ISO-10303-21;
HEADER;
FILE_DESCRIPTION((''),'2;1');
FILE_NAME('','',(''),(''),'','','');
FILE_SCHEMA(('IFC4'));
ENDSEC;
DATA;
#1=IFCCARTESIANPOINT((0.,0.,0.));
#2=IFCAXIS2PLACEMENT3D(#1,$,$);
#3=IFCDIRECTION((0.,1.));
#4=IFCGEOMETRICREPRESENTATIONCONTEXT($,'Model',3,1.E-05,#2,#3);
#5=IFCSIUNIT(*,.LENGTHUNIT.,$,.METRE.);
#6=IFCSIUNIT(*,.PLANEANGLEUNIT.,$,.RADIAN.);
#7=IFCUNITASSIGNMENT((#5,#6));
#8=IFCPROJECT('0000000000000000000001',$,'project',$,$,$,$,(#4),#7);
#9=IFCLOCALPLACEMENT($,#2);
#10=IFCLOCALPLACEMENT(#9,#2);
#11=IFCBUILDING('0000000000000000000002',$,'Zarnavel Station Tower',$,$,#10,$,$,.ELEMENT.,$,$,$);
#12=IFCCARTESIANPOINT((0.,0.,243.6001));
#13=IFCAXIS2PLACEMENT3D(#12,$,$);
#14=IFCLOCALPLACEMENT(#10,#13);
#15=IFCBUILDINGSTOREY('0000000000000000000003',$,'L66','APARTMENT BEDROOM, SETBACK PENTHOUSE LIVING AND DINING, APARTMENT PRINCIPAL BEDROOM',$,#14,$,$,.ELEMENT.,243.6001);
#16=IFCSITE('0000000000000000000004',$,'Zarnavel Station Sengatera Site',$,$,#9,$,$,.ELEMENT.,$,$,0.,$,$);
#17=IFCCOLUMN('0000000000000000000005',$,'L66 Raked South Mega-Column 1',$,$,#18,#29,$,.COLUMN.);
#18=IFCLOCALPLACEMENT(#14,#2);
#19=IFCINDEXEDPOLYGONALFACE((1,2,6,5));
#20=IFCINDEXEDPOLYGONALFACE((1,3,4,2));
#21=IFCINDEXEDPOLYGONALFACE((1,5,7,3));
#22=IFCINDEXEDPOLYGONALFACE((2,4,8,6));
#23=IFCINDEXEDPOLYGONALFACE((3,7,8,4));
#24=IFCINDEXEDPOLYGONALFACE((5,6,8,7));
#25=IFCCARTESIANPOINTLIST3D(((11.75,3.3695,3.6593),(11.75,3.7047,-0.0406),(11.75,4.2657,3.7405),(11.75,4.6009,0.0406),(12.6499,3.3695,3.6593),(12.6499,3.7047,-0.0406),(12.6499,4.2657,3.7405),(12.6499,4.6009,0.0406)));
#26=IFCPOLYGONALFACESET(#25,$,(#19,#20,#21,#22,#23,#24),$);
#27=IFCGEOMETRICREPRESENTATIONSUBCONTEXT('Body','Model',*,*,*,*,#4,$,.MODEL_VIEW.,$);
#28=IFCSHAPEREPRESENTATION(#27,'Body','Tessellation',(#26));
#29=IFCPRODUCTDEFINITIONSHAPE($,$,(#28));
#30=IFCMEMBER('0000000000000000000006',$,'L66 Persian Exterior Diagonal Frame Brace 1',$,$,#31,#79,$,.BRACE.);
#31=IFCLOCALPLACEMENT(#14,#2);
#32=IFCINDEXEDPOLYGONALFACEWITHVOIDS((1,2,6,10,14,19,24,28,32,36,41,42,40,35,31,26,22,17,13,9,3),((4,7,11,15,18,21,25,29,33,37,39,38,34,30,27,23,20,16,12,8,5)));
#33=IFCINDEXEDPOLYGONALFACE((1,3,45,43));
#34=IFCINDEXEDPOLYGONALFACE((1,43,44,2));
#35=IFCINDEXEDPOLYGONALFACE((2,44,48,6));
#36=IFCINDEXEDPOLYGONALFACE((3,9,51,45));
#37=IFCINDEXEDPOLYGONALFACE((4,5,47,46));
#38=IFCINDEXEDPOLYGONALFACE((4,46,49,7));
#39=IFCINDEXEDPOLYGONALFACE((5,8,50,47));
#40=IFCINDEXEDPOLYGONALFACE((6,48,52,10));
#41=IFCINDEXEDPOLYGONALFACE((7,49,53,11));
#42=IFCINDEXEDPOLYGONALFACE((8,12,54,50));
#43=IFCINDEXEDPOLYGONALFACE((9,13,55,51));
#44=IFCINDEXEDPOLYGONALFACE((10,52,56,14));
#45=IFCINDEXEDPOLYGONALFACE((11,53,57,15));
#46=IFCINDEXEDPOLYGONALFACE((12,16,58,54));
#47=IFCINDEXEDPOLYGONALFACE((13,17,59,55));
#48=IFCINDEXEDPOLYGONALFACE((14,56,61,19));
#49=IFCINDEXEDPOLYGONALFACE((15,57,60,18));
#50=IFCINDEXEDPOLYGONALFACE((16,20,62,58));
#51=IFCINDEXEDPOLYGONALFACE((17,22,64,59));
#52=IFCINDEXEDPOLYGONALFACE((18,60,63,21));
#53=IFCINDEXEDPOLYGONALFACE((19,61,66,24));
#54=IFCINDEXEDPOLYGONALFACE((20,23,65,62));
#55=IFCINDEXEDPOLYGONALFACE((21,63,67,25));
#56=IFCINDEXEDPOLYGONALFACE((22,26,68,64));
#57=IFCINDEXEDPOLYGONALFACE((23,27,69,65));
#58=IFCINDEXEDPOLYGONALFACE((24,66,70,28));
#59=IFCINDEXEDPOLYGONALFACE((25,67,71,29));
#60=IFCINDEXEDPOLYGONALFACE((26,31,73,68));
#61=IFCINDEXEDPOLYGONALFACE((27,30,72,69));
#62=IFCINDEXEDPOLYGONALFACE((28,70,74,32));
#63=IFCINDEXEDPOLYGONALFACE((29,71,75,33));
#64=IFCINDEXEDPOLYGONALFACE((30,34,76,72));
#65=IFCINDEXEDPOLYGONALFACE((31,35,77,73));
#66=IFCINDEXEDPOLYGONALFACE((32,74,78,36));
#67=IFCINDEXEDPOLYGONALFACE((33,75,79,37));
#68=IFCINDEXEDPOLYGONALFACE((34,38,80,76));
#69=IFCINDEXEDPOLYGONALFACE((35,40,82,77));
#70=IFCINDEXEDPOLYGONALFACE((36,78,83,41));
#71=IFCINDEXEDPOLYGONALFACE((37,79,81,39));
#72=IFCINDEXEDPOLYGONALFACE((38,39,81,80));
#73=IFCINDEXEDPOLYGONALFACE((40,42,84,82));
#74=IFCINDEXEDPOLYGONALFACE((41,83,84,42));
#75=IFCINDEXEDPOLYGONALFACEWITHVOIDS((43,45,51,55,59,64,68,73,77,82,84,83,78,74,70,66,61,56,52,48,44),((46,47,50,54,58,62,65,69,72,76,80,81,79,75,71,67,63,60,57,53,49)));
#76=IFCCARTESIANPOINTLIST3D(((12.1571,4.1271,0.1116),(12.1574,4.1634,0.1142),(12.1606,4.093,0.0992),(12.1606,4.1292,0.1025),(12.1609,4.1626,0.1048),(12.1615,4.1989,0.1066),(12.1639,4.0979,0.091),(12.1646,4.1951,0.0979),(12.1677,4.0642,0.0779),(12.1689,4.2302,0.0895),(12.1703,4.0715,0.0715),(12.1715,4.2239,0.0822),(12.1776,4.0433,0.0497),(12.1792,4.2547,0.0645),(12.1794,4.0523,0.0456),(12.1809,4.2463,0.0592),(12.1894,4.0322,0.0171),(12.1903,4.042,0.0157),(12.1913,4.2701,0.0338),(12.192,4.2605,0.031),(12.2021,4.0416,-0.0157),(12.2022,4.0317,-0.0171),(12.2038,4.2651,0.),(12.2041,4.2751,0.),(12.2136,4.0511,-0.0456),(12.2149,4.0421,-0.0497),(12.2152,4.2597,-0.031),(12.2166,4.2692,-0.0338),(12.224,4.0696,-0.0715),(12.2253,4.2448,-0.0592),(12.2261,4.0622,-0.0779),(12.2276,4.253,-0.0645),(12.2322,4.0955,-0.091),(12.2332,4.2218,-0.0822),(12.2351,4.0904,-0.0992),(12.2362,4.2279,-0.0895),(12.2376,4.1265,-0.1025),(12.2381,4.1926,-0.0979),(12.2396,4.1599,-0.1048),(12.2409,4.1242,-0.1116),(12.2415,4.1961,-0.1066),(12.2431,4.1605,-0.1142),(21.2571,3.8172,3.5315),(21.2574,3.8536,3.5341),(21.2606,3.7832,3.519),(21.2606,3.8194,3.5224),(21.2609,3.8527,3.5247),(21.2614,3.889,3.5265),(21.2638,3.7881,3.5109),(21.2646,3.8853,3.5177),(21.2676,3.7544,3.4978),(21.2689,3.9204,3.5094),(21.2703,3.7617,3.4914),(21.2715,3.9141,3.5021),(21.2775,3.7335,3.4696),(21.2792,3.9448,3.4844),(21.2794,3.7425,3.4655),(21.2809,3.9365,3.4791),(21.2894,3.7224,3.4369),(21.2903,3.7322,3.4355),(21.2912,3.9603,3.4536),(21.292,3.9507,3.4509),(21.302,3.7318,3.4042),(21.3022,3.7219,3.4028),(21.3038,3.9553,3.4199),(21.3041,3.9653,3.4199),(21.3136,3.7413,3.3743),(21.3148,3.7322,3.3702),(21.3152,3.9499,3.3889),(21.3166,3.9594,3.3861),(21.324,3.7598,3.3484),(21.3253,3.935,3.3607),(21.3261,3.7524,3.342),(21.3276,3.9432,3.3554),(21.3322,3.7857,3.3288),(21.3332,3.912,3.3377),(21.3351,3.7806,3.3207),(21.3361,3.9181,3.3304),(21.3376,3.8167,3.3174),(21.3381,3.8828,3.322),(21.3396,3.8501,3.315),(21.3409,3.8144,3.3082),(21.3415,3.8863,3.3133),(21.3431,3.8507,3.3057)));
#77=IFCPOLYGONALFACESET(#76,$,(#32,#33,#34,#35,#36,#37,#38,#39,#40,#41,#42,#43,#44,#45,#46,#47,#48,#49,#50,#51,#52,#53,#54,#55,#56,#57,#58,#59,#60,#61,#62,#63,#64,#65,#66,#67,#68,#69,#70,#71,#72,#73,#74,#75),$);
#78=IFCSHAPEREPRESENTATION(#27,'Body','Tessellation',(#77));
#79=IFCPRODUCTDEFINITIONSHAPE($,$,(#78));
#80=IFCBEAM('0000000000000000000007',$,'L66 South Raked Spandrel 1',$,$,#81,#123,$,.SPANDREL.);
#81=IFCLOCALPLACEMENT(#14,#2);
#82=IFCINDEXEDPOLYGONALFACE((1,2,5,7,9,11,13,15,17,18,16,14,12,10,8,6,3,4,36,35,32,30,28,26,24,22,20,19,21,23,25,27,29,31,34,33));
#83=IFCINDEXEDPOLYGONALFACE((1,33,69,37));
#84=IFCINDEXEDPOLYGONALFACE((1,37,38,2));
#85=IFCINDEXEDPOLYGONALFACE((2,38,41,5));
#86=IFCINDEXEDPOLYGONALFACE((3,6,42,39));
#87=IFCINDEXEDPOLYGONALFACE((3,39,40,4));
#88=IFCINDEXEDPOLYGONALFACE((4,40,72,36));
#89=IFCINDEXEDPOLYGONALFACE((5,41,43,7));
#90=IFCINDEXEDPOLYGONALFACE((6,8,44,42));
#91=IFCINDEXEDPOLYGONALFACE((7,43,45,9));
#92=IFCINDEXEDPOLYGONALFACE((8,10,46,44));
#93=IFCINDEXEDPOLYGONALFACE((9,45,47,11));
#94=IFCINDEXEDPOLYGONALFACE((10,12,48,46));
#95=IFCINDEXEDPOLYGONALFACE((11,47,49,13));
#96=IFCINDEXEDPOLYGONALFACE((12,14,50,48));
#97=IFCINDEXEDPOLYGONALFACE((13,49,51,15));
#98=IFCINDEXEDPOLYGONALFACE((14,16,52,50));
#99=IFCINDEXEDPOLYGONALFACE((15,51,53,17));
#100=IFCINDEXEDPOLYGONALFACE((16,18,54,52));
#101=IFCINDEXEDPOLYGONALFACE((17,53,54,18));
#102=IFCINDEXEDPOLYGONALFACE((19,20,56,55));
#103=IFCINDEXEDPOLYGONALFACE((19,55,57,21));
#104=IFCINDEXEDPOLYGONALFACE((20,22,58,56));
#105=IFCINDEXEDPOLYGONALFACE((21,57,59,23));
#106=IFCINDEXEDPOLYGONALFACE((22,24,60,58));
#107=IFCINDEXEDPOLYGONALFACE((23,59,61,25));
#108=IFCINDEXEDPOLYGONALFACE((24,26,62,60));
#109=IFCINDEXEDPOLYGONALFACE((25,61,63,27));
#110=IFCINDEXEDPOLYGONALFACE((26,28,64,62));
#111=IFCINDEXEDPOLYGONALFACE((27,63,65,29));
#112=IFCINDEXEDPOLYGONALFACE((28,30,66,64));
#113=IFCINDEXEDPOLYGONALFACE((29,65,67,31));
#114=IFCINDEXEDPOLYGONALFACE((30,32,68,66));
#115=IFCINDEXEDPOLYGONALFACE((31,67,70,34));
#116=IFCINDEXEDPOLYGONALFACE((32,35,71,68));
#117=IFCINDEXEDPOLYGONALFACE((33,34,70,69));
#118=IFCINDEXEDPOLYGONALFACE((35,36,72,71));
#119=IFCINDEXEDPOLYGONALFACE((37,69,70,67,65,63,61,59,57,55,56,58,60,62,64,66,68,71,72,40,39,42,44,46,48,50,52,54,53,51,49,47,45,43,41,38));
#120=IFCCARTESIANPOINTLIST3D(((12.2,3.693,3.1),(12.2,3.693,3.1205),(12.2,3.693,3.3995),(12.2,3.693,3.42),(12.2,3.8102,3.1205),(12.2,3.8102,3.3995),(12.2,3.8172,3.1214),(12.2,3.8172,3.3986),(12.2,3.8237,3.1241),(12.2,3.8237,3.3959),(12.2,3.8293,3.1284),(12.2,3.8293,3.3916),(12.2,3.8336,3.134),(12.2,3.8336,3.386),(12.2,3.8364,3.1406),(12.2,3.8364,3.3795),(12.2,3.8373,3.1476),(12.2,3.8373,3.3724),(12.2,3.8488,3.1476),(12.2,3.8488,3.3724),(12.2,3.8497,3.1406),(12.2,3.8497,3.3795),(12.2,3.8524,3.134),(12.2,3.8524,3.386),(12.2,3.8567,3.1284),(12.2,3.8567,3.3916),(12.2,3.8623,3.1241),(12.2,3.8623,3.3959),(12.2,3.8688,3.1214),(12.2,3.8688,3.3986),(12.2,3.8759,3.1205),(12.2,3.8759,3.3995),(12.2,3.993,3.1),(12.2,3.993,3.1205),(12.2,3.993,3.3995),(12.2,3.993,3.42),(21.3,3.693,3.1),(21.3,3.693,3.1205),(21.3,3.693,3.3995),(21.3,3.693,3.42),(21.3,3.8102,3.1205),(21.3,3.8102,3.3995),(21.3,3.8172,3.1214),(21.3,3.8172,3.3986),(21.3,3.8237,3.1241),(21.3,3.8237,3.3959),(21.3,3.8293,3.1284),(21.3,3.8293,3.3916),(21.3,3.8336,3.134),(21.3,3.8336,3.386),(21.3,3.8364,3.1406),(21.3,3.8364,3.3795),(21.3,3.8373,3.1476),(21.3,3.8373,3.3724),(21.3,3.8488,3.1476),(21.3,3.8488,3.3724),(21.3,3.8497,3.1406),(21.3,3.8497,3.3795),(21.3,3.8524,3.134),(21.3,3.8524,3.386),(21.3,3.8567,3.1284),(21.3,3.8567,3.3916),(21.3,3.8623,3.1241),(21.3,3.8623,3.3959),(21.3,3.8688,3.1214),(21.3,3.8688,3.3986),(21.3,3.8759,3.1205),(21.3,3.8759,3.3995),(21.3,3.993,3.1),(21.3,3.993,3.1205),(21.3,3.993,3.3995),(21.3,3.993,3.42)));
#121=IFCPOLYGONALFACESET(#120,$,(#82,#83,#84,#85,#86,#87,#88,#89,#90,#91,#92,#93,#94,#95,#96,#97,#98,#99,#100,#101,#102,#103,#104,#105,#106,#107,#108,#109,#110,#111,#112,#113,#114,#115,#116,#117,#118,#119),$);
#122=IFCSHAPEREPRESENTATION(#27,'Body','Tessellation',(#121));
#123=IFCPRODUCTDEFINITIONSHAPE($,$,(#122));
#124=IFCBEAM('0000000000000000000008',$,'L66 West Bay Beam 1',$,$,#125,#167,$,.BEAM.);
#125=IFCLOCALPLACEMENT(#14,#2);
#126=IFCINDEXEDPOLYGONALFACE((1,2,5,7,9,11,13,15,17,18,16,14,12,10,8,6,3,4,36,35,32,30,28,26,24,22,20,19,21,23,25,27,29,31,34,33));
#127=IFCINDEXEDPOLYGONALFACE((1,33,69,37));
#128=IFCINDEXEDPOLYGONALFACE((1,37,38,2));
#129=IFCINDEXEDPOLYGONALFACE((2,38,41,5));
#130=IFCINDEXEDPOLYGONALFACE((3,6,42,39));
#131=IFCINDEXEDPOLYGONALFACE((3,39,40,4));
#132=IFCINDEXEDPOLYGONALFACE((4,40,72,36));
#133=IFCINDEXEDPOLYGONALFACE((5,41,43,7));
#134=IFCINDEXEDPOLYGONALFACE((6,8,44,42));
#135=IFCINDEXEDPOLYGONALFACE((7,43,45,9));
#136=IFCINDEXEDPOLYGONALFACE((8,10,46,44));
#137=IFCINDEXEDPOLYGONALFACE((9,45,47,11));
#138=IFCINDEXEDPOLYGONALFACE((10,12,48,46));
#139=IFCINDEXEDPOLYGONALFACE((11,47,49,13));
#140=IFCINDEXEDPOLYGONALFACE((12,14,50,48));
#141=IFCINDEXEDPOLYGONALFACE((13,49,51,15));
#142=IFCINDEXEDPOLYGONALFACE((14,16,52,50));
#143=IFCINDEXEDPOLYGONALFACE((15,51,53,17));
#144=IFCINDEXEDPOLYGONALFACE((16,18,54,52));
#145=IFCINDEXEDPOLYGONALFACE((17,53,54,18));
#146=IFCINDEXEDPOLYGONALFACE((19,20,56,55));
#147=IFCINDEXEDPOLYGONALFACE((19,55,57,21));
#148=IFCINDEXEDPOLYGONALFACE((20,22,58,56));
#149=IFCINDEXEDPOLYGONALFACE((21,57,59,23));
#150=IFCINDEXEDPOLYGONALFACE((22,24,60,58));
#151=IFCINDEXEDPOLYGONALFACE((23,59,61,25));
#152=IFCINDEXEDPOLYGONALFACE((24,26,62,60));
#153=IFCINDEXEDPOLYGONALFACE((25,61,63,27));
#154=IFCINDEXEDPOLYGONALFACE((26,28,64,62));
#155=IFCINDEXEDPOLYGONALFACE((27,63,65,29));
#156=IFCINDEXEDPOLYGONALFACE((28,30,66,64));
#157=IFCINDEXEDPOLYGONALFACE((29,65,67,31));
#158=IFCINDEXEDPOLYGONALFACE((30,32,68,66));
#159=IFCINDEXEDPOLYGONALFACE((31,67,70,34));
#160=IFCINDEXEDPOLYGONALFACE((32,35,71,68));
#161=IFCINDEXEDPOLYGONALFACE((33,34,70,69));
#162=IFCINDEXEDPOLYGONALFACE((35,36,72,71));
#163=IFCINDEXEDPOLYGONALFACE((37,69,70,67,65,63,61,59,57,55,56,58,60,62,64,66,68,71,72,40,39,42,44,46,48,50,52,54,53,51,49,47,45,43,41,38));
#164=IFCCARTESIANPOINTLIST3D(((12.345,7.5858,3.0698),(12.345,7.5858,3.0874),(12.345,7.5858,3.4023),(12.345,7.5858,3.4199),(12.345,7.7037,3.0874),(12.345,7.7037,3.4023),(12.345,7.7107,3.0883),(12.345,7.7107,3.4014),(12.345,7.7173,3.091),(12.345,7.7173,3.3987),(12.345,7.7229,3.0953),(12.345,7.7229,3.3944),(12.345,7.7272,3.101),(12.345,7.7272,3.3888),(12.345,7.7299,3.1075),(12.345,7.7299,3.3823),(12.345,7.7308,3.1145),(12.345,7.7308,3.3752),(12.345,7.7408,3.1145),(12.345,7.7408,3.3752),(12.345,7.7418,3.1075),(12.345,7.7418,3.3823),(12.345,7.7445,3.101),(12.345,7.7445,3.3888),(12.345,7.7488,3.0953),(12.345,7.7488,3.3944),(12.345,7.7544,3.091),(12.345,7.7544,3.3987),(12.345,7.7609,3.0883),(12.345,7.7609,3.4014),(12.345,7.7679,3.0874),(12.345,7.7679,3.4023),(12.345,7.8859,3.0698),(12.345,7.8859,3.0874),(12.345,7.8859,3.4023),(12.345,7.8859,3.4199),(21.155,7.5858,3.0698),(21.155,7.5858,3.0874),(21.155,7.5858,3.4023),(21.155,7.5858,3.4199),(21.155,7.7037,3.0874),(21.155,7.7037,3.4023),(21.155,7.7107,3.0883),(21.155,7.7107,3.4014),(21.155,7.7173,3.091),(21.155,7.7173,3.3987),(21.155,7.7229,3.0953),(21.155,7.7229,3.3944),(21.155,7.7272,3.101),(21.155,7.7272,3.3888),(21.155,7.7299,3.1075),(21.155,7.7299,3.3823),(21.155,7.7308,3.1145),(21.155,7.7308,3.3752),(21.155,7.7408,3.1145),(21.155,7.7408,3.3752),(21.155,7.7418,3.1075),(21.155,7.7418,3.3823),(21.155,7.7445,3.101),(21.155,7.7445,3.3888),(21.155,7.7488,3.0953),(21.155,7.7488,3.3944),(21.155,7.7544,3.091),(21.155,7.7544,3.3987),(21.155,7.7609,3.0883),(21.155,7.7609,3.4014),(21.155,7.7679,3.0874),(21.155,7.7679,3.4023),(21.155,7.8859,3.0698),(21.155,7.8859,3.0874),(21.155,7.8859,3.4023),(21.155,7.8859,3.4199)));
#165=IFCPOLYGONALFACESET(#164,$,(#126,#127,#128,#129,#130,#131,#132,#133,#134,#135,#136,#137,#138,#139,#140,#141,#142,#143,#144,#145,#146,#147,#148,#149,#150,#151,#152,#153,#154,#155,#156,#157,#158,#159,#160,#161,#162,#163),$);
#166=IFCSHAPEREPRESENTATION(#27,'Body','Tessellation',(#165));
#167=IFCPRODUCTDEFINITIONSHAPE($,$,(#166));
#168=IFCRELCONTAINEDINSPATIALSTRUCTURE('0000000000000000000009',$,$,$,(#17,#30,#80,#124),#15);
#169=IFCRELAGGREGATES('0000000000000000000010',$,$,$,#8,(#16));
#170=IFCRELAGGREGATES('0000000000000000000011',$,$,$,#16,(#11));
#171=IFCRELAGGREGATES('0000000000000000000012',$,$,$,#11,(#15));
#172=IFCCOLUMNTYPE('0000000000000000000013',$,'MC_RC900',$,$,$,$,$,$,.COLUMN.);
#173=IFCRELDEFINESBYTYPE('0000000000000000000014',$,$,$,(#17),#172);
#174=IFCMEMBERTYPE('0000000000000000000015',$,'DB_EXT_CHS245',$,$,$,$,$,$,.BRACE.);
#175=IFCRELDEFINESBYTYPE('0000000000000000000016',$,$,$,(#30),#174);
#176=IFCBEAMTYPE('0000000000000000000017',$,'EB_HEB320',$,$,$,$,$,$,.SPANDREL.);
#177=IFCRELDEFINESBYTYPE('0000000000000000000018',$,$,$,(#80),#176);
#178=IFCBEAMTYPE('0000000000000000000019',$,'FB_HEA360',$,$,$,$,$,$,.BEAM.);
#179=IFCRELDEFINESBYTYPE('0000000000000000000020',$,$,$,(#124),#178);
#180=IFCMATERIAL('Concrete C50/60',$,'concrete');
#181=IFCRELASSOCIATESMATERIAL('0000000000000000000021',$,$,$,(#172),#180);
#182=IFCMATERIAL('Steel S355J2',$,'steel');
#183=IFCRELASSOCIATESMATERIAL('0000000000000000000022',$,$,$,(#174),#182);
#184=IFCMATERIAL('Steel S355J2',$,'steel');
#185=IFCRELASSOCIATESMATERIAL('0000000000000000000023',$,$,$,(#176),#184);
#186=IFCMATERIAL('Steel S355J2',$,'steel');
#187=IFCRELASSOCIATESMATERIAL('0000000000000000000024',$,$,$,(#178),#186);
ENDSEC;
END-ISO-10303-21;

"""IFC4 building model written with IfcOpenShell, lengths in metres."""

from ifc_helpers import new_model, si_unit, direction, frame, origin, origin_2d, place, context, subcontext, project, spatial, rectangle, hollow_circle, i_section, extrude, material, material_profile, profile_set, type_object, element, save


model = new_model("IFC4")

# Units and contexts
model_context = context("Model", 3, precision=1e-05, world=origin(), true_north=direction((0.0, 1.0)))
body_context = subcontext(model_context, "Body", "Model", "MODEL_VIEW")
ifc_project = project(units=[si_unit("LENGTHUNIT", "METRE"), si_unit("PLANEANGLEUNIT", "RADIAN")], contexts=[model_context])

# Site, building, storey
site_placement = place(None, origin())
site = spatial("IfcSite", under=ifc_project, at=site_placement, Name="Zarnavel Station Sengatera Site", CompositionType="ELEMENT", RefElevation=0.0)
building_placement = place(site_placement, origin())
building = spatial("IfcBuilding", under=site, at=building_placement, Name="Zarnavel Station Tower", CompositionType="ELEMENT")
storey_placement = place(building_placement, frame((0.0, 0.0, 243.6001)))
storey = spatial("IfcBuildingStorey", under=building, at=storey_placement, Name="L66", Description="APARTMENT BEDROOM, SETBACK PENTHOUSE LIVING AND DINING, APARTMENT PRINCIPAL BEDROOM", CompositionType="ELEMENT", Elevation=243.6001)

# Column
ifc_material_1 = material(Name="Concrete C50/60", Category="concrete")
ifc_material_profile_1 = material_profile(ifc_material_1, rectangle(XDim=0.8999, YDim=0.8999, at=origin_2d()), Name="RC900x900")
ifc_profile_set_1 = profile_set([ifc_material_profile_1], Name="Concrete C50/60")
column_type = type_object("IfcColumnType", Name="MC_RC900", PredefinedType="COLUMN", material=ifc_profile_set_1)
column_placement = place(storey_placement, frame((12.2, 4.1528, 0.0), z_axis=(0.0, -0.090228, 0.995921), x_axis=(1.0, 0.0, 0.0)))
element("IfcColumn", 1, at=column_placement, inside=storey, type_object=column_type, Name="L66 Raked South Mega-Column 1", PredefinedType="COLUMN", context=body_context, shape_type="SweptSolid", body=[
    extrude(rectangle(XDim=0.8999, YDim=0.8999, at=origin_2d()), origin(), (0.0, 0.0, 1.0), 3.7151),
])

# Member
ifc_material_2 = material(Name="Steel S355J2", Category="steel")
ifc_material_profile_2 = material_profile(ifc_material_2, hollow_circle(Radius=0.1223, WallThickness=0.01, at=origin_2d()), Name="CHS244.5x10")
ifc_profile_set_2 = profile_set([ifc_material_profile_2], Name="Steel S355J2")
member_type = type_object("IfcMemberType", Name="DB_EXT_CHS245", PredefinedType="BRACE", material=ifc_profile_set_2)
member_placement = place(storey_placement, frame((12.2, 4.1528, 0.0), z_axis=(0.935604, -0.031853, 0.351611), x_axis=(0.034025, 0.999421, 0.0)))
element("IfcMember", 2, at=member_placement, inside=storey, type_object=member_type, Name="L66 Persian Exterior Diagonal Frame Brace 1", PredefinedType="BRACE", context=body_context, shape_type="SweptSolid", body=[
    extrude(hollow_circle(Radius=0.1223, WallThickness=0.01, at=origin_2d()), origin(), (0.0, 0.0, 1.0), 9.7263),
])

# Beams
ifc_material_3 = material(Name="Steel S355J2", Category="steel")
ifc_material_profile_3 = material_profile(ifc_material_3, i_section(OverallWidth=0.3, OverallDepth=0.3201, WebThickness=0.0115, FlangeThickness=0.0205, FilletRadius=0.0271, at=origin_2d()), Name="HEB320")
ifc_profile_set_3 = profile_set([ifc_material_profile_3], Name="Steel S355J2")
beam_type_1 = type_object("IfcBeamType", Name="EB_HEB320", PredefinedType="SPANDREL", material=ifc_profile_set_3)
beam_1_placement = place(storey_placement, frame((12.2, 3.843, 3.26), z_axis=(1.0, 0.0, 0.0), x_axis=(0.0, 1.0, 0.0)))
element("IfcBeam", 3, at=beam_1_placement, inside=storey, type_object=beam_type_1, Name="L66 South Raked Spandrel 1", PredefinedType="SPANDREL", context=body_context, shape_type="SweptSolid", body=[
    extrude(i_section(OverallWidth=0.3, OverallDepth=0.3201, WebThickness=0.0115, FlangeThickness=0.0205, FilletRadius=0.0271, at=origin_2d()), origin(), (0.0, 0.0, 1.0), 9.1001),
])
ifc_material_4 = material(Name="Steel S355J2", Category="steel")
ifc_material_profile_4 = material_profile(ifc_material_4, i_section(OverallWidth=0.3, OverallDepth=0.3501, WebThickness=0.01, FlangeThickness=0.0176, FilletRadius=0.0271, at=origin_2d()), Name="HEA360")
ifc_profile_set_4 = profile_set([ifc_material_profile_4], Name="Steel S355J2")
beam_type_2 = type_object("IfcBeamType", Name="FB_HEA360", PredefinedType="BEAM", material=ifc_profile_set_4)
beam_2_placement = place(storey_placement, frame((12.345, 7.7358, 3.2449), z_axis=(1.0, 0.0, 0.0), x_axis=(0.0, 1.0, 0.0)))
element("IfcBeam", 4, at=beam_2_placement, inside=storey, type_object=beam_type_2, Name="L66 West Bay Beam 1", PredefinedType="BEAM", context=body_context, shape_type="SweptSolid", body=[
    extrude(i_section(OverallWidth=0.3, OverallDepth=0.3501, WebThickness=0.01, FlangeThickness=0.0176, FilletRadius=0.0271, at=origin_2d()), origin(), (0.0, 0.0, 1.0), 8.8101),
])

save(model, "model.ifc")
